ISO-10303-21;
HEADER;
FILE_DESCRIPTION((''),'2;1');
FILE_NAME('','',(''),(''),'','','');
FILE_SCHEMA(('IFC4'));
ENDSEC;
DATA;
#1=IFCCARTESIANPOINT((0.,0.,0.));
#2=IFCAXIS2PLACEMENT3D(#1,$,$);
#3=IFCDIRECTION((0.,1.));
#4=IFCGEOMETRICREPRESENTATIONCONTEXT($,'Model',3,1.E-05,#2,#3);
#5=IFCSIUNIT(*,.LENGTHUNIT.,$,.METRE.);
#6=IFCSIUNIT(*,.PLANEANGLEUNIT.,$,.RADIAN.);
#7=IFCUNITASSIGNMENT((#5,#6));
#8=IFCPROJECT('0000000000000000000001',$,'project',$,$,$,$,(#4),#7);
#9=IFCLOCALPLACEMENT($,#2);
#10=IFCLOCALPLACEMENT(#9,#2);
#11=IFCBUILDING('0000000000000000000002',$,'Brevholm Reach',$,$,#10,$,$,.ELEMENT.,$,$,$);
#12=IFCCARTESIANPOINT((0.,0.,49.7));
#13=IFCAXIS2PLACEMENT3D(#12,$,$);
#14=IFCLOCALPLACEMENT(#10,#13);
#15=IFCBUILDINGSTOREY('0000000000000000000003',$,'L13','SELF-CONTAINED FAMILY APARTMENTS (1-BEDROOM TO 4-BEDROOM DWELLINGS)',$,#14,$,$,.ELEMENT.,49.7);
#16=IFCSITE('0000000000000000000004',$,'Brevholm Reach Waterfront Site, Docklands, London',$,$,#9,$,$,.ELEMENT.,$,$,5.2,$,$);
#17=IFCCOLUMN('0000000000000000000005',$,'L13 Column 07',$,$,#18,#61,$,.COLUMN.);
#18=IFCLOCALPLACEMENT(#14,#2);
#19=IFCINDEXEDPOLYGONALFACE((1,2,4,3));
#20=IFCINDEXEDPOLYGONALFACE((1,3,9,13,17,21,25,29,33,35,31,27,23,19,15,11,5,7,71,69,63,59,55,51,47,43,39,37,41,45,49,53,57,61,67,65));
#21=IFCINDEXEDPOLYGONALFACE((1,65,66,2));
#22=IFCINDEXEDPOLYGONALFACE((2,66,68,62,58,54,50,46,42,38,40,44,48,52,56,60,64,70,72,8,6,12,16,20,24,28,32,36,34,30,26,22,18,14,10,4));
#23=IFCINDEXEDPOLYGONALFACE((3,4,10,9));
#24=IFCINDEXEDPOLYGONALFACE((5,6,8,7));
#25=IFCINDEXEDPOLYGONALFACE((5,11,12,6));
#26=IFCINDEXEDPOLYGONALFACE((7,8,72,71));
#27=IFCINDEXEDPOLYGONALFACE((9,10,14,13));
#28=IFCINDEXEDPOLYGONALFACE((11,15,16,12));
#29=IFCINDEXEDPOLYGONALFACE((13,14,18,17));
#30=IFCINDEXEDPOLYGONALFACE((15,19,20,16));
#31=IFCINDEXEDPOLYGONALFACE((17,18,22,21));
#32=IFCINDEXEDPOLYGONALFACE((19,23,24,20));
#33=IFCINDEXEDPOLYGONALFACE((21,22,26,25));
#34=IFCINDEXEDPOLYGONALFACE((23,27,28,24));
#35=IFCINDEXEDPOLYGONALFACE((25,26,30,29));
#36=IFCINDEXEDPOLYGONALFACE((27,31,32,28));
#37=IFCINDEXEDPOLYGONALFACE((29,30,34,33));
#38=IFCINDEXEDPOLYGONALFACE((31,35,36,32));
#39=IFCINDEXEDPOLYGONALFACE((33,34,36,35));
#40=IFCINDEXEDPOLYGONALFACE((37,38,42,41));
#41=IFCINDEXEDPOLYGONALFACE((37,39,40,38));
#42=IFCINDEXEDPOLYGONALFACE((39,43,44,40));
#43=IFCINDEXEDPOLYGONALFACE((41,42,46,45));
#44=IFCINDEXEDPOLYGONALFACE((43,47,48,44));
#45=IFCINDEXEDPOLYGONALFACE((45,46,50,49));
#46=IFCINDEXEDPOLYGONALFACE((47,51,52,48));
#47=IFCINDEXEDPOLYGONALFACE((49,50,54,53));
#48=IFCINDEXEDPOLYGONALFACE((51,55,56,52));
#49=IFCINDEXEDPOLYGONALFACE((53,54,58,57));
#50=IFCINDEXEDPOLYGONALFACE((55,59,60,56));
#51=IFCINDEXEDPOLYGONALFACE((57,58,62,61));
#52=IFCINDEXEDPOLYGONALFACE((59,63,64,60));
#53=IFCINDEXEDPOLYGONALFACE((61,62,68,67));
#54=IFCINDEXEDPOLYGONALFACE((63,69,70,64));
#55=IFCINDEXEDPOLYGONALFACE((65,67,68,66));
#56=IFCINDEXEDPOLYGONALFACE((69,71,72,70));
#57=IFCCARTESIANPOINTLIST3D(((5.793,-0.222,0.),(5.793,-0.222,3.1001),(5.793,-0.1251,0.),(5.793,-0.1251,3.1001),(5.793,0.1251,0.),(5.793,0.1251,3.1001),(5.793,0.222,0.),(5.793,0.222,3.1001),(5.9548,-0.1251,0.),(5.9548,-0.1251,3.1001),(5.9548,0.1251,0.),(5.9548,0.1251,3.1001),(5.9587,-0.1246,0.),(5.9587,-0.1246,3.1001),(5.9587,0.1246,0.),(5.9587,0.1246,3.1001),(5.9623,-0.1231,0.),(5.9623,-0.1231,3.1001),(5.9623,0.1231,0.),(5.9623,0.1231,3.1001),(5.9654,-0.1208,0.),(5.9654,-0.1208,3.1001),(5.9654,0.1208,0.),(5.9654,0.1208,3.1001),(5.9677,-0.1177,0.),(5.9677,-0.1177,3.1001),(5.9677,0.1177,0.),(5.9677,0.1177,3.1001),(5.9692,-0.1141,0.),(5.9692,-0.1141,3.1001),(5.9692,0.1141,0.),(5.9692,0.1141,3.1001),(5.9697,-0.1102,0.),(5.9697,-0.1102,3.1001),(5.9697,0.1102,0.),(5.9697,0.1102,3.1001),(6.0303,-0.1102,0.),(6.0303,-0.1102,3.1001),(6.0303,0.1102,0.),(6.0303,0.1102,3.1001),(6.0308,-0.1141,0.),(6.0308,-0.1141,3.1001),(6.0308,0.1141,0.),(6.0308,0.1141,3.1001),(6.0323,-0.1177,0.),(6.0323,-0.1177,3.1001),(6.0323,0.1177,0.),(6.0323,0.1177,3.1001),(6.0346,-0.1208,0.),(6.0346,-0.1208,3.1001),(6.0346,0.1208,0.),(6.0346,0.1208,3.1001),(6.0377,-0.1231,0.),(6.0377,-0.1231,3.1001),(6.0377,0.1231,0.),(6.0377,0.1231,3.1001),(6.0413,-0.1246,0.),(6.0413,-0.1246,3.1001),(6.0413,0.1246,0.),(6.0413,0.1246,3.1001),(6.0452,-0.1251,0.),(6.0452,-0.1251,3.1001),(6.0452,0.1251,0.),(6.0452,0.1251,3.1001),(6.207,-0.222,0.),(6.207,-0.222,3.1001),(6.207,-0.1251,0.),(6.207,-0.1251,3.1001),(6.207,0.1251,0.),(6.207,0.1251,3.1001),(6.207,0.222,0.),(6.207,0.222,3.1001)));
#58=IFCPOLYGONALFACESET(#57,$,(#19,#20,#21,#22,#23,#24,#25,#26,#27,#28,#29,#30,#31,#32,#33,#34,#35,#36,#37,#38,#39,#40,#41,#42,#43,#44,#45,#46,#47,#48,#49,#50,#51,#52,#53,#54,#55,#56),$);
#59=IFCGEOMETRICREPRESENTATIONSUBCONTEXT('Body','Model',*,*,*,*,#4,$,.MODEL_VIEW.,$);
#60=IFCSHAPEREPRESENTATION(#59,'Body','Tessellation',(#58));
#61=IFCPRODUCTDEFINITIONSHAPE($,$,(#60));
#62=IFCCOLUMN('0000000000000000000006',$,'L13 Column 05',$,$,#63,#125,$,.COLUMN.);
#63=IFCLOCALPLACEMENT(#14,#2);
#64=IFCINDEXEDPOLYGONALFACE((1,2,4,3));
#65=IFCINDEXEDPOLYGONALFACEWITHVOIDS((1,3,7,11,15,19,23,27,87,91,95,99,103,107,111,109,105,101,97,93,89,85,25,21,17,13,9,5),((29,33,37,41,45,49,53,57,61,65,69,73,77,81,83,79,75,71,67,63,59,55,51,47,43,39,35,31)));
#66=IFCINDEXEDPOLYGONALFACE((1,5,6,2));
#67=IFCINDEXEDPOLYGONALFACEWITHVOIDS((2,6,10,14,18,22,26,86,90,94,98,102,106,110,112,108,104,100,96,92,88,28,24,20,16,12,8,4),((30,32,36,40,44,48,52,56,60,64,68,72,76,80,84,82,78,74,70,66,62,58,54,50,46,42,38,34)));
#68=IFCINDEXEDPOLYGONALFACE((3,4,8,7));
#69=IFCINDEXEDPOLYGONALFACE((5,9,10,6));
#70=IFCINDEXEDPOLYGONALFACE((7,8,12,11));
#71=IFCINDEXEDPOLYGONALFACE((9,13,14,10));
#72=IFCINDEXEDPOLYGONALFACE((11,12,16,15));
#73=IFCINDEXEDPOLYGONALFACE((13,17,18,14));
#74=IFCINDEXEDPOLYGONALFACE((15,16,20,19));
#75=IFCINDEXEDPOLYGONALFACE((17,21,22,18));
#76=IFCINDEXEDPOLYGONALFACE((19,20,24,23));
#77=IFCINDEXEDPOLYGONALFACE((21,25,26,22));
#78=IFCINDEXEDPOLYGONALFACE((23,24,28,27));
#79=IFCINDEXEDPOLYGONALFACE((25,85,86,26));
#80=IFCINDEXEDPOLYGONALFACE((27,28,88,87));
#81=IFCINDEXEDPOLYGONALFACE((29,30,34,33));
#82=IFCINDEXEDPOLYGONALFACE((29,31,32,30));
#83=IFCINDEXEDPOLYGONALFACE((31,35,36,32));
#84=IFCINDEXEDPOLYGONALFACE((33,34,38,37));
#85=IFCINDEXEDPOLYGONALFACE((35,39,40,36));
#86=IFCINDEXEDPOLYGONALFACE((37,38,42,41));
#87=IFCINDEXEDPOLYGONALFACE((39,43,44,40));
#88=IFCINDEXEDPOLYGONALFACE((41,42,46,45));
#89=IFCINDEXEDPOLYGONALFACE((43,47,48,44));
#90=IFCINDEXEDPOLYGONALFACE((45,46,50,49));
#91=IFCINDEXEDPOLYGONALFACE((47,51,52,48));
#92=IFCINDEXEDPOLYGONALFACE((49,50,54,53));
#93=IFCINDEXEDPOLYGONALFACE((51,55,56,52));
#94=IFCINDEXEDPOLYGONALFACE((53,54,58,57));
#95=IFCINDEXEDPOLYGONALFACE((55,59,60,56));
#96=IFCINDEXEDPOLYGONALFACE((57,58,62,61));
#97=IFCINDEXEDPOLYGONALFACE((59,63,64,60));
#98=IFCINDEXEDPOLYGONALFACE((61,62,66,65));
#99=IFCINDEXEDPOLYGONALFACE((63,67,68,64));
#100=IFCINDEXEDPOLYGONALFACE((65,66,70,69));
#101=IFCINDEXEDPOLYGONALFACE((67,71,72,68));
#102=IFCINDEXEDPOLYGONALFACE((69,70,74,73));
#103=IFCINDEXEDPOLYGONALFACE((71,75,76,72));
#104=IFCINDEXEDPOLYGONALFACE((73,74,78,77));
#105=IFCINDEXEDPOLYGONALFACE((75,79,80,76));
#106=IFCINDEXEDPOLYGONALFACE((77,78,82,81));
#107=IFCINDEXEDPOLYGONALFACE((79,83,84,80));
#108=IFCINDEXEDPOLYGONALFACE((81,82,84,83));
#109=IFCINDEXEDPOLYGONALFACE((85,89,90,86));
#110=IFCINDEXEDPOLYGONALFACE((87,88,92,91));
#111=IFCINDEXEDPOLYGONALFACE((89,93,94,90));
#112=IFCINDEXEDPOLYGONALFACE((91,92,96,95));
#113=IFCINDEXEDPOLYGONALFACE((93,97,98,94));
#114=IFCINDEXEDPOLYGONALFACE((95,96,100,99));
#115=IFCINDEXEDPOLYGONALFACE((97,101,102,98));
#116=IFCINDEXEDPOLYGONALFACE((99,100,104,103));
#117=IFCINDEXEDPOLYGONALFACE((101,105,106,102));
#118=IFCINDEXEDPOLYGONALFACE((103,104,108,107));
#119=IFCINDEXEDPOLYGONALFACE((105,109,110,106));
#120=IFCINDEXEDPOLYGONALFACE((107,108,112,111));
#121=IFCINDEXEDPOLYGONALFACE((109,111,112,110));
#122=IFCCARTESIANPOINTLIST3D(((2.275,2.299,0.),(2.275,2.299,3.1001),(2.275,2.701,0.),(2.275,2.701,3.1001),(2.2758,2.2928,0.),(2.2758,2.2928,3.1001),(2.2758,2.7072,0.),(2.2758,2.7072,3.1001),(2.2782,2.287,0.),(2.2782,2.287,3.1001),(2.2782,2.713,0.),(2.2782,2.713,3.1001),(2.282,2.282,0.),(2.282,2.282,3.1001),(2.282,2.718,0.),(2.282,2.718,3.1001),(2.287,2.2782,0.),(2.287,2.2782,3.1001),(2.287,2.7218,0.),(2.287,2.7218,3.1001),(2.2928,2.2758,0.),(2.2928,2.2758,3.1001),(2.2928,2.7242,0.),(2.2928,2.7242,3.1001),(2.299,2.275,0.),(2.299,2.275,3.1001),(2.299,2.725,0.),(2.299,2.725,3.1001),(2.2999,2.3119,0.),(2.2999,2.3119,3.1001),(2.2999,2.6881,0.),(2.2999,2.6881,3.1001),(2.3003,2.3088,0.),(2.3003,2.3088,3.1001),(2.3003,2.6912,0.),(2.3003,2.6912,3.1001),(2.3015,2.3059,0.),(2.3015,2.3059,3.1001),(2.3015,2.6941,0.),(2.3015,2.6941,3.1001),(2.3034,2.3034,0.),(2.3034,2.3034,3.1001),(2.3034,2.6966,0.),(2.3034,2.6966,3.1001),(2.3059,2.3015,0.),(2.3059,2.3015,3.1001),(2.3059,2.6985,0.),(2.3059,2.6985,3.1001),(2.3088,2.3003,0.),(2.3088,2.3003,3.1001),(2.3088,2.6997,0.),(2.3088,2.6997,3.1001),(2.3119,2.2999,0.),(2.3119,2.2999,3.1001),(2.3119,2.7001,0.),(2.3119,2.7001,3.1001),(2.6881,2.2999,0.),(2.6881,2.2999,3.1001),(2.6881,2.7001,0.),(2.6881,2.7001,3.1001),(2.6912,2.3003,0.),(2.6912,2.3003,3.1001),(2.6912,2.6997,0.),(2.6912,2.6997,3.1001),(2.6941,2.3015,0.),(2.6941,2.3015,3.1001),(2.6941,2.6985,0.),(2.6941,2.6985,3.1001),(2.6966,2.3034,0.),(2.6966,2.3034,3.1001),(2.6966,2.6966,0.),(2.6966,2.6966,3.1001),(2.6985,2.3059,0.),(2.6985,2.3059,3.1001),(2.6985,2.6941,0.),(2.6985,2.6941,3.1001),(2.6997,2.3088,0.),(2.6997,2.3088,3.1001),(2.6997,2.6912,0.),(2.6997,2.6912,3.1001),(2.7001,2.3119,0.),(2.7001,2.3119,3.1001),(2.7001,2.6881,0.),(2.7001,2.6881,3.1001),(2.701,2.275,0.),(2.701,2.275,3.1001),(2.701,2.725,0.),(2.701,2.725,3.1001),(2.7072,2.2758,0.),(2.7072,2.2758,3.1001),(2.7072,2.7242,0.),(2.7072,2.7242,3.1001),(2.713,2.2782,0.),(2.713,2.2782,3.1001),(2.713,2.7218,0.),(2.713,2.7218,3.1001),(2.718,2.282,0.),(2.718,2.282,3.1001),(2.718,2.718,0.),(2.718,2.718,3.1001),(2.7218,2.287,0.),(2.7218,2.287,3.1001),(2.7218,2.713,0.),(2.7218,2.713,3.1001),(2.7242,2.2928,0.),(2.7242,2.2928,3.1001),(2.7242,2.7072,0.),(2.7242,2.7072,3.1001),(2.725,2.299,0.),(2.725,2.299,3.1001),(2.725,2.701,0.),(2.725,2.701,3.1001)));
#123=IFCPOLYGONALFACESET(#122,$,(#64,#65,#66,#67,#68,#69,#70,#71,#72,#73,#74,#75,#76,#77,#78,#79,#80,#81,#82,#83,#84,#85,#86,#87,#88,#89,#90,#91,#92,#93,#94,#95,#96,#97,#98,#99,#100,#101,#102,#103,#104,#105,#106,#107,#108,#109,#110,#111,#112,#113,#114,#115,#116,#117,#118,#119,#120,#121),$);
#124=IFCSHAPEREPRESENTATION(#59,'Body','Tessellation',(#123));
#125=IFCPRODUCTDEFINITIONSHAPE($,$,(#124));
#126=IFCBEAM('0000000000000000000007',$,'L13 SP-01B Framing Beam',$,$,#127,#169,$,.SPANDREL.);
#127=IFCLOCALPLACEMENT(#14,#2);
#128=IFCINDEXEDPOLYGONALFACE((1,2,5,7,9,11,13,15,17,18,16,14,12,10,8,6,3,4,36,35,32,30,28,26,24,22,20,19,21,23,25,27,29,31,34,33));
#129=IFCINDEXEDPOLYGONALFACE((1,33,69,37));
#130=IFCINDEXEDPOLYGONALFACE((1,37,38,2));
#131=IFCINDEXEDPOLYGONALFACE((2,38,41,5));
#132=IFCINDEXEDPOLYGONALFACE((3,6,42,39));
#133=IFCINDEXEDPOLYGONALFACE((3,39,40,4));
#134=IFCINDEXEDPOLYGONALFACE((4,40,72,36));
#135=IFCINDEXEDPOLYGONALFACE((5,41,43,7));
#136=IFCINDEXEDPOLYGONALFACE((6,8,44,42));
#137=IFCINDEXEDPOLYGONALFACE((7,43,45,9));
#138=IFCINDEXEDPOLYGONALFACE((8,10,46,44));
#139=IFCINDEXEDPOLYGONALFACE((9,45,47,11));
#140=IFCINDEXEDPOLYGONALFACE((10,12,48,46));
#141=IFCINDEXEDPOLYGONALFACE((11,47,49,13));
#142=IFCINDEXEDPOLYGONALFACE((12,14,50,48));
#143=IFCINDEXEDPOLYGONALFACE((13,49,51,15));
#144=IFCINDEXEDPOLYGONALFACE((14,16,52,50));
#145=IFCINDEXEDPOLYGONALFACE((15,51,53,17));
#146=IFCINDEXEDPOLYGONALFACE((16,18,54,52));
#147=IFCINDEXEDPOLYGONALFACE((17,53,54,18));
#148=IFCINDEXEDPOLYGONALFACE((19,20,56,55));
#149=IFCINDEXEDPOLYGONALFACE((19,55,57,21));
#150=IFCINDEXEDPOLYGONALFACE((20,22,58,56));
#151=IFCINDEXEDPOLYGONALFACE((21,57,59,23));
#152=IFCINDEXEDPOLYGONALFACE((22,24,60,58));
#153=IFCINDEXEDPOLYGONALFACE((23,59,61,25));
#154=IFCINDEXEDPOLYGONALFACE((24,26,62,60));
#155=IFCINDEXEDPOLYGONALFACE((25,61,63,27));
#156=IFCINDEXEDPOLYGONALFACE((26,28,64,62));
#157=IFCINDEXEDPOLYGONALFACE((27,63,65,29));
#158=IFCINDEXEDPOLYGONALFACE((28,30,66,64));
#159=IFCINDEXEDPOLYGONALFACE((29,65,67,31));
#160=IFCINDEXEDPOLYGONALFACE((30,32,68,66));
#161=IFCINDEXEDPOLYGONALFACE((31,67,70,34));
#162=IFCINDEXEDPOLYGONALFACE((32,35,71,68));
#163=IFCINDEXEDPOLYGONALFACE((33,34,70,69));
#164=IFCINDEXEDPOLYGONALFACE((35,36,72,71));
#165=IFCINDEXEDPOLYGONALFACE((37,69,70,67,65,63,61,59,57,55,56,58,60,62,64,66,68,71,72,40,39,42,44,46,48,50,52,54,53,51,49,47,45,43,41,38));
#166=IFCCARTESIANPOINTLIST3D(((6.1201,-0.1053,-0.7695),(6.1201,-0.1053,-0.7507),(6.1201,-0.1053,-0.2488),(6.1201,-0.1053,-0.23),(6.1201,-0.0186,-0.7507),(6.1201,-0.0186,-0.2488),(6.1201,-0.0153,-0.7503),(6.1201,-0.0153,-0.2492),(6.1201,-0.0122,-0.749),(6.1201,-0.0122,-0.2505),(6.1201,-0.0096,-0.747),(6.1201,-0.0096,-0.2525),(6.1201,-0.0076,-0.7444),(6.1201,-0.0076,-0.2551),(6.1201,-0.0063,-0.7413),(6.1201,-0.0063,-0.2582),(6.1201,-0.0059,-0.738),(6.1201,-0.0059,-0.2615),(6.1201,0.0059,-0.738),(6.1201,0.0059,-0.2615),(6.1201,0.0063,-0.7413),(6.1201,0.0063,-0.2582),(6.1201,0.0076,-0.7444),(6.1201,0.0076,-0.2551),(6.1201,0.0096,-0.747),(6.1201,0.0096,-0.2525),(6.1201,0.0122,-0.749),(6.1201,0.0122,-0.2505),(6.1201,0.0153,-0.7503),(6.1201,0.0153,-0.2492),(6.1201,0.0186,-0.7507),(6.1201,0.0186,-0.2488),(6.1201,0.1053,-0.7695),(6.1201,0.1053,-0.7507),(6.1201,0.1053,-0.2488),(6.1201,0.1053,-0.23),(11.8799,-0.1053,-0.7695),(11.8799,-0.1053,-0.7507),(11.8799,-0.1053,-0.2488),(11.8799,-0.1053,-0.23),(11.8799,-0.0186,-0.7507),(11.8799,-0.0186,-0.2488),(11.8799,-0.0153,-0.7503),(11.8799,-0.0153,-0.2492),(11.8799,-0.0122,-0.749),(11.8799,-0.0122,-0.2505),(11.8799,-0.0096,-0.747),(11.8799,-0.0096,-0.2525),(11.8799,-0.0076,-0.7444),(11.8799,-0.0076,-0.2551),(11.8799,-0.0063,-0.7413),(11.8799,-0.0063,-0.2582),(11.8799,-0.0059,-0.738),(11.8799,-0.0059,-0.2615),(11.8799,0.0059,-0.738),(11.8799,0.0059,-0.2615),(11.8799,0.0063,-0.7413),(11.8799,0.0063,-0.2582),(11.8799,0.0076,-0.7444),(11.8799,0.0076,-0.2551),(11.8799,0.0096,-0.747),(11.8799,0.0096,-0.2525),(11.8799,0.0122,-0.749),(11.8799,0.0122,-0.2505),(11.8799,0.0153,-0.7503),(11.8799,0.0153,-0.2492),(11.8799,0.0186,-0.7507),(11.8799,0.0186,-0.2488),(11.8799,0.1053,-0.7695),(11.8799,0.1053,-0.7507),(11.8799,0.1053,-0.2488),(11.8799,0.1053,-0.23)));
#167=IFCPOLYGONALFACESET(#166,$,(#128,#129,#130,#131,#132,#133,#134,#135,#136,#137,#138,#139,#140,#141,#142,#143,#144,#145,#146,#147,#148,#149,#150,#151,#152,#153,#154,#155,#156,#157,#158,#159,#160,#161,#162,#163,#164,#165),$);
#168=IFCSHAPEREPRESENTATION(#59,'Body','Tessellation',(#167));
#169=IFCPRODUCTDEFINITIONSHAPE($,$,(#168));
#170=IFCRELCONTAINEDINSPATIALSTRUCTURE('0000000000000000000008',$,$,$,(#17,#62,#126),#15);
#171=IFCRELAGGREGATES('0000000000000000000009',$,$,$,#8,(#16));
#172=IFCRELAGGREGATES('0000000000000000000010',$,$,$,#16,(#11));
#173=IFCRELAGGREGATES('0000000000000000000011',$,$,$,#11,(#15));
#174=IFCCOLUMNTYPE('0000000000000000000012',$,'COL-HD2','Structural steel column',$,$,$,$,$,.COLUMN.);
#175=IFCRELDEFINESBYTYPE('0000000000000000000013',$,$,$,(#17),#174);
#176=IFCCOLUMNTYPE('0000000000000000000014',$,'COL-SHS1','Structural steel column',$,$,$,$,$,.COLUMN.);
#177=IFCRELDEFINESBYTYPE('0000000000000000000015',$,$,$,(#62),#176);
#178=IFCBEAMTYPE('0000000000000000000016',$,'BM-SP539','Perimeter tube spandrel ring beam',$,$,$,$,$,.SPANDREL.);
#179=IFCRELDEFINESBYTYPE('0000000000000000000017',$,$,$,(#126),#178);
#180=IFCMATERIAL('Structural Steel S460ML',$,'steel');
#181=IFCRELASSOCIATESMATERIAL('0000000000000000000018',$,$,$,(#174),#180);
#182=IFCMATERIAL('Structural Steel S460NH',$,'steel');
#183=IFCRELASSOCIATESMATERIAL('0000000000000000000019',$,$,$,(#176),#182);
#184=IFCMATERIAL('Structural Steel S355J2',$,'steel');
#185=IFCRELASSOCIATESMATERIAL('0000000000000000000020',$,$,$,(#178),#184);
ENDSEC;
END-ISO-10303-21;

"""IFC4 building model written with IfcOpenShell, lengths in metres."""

from ifc_helpers import new_model, si_unit, direction, frame, origin, origin_2d, place, context, subcontext, project, spatial, hollow_rectangle, i_section, extrude, material, material_profile, profile_set, type_object, element, save


model = new_model("IFC4")

# Units and contexts
model_context = context("Model", 3, precision=1e-05, world=origin(), true_north=direction((0.0, 1.0)))
body_context = subcontext(model_context, "Body", "Model", "MODEL_VIEW")
ifc_project = project(units=[si_unit("LENGTHUNIT", "METRE"), si_unit("PLANEANGLEUNIT", "RADIAN")], contexts=[model_context])

# Site, building, storey
site_placement = place(None, origin())
site = spatial("IfcSite", under=ifc_project, at=site_placement, Name="Brevholm Reach Waterfront Site, Docklands, London", CompositionType="ELEMENT", RefElevation=5.2)
building_placement = place(site_placement, origin())
building = spatial("IfcBuilding", under=site, at=building_placement, Name="Brevholm Reach", CompositionType="ELEMENT")
storey_placement = place(building_placement, frame((0.0, 0.0, 49.7)))
storey = spatial("IfcBuildingStorey", under=building, at=storey_placement, Name="L13", Description="SELF-CONTAINED FAMILY APARTMENTS (1-BEDROOM TO 4-BEDROOM DWELLINGS)", CompositionType="ELEMENT", Elevation=49.7)

# Columns
ifc_material_1 = material(Name="Structural Steel S460ML", Category="steel")
ifc_material_profile_1 = material_profile(ifc_material_1, i_section(OverallWidth=0.4141, OverallDepth=0.4441, WebThickness=0.0605, FlangeThickness=0.0969, FilletRadius=0.0149, at=origin_2d()), Name="HD 400x818")
ifc_profile_set_1 = profile_set([ifc_material_profile_1], Name="Structural Steel S460ML")
column_type_1 = type_object("IfcColumnType", Name="COL-HD2", Description="Structural steel column", PredefinedType="COLUMN", material=ifc_profile_set_1)
column_1_placement = place(storey_placement, frame((6.0, 0.0, 0.0), z_axis=(0.0, 0.0, 1.0), x_axis=(1.0, 0.0, 0.0)))
element("IfcColumn", 1, at=column_1_placement, inside=storey, type_object=column_type_1, Name="L13 Column 07", PredefinedType="COLUMN", context=body_context, shape_type="SweptSolid", body=[
    extrude(i_section(OverallWidth=0.4141, OverallDepth=0.4441, WebThickness=0.0605, FlangeThickness=0.0969, FilletRadius=0.0149, at=origin_2d()), origin(), (0.0, 0.0, 1.0), 3.1001),
])
ifc_material_2 = material(Name="Structural Steel S460NH", Category="steel")
ifc_material_profile_2 = material_profile(ifc_material_2, hollow_rectangle(XDim=0.45, YDim=0.45, WallThickness=0.0249, InnerFilletRadius=0.012, OuterFilletRadius=0.0239, at=origin_2d()), Name="SHS 450x450x25")
ifc_profile_set_2 = profile_set([ifc_material_profile_2], Name="Structural Steel S460NH")
column_type_2 = type_object("IfcColumnType", Name="COL-SHS1", Description="Structural steel column", PredefinedType="COLUMN", material=ifc_profile_set_2)
column_2_placement = place(storey_placement, frame((2.5, 2.5, 0.0), z_axis=(0.0, 0.0, 1.0), x_axis=(1.0, 0.0, 0.0)))
element("IfcColumn", 2, at=column_2_placement, inside=storey, type_object=column_type_2, Name="L13 Column 05", PredefinedType="COLUMN", context=body_context, shape_type="SweptSolid", body=[
    extrude(hollow_rectangle(XDim=0.45, YDim=0.45, WallThickness=0.0249, InnerFilletRadius=0.012, OuterFilletRadius=0.0239, at=origin_2d()), origin(), (0.0, 0.0, 1.0), 3.1001),
])

# Beam
ifc_material_3 = material(Name="Structural Steel S355J2", Category="steel")
ifc_material_profile_3 = material_profile(ifc_material_3, i_section(OverallWidth=0.2107, OverallDepth=0.5396, WebThickness=0.0117, FlangeThickness=0.0188, FilletRadius=0.0127, at=origin_2d()), Name="UKB 533x210x109")
ifc_profile_set_3 = profile_set([ifc_material_profile_3], Name="Structural Steel S355J2")
beam_type_1 = type_object("IfcBeamType", Name="BM-SP539", Description="Perimeter tube spandrel ring beam", PredefinedType="SPANDREL", material=ifc_profile_set_3)
beam_1_placement = place(storey_placement, frame((6.1201, 0.0, -0.4998), z_axis=(1.0, 0.0, 0.0), x_axis=(0.0, 1.0, 0.0)))
element("IfcBeam", 3, at=beam_1_placement, inside=storey, type_object=beam_type_1, Name="L13 SP-01B Framing Beam", PredefinedType="SPANDREL", context=body_context, shape_type="SweptSolid", body=[
    extrude(i_section(OverallWidth=0.2107, OverallDepth=0.5396, WebThickness=0.0117, FlangeThickness=0.0188, FilletRadius=0.0127, at=origin_2d()), origin(), (0.0, 0.0, 1.0), 5.7598),
])

save(model, "model.ifc")
